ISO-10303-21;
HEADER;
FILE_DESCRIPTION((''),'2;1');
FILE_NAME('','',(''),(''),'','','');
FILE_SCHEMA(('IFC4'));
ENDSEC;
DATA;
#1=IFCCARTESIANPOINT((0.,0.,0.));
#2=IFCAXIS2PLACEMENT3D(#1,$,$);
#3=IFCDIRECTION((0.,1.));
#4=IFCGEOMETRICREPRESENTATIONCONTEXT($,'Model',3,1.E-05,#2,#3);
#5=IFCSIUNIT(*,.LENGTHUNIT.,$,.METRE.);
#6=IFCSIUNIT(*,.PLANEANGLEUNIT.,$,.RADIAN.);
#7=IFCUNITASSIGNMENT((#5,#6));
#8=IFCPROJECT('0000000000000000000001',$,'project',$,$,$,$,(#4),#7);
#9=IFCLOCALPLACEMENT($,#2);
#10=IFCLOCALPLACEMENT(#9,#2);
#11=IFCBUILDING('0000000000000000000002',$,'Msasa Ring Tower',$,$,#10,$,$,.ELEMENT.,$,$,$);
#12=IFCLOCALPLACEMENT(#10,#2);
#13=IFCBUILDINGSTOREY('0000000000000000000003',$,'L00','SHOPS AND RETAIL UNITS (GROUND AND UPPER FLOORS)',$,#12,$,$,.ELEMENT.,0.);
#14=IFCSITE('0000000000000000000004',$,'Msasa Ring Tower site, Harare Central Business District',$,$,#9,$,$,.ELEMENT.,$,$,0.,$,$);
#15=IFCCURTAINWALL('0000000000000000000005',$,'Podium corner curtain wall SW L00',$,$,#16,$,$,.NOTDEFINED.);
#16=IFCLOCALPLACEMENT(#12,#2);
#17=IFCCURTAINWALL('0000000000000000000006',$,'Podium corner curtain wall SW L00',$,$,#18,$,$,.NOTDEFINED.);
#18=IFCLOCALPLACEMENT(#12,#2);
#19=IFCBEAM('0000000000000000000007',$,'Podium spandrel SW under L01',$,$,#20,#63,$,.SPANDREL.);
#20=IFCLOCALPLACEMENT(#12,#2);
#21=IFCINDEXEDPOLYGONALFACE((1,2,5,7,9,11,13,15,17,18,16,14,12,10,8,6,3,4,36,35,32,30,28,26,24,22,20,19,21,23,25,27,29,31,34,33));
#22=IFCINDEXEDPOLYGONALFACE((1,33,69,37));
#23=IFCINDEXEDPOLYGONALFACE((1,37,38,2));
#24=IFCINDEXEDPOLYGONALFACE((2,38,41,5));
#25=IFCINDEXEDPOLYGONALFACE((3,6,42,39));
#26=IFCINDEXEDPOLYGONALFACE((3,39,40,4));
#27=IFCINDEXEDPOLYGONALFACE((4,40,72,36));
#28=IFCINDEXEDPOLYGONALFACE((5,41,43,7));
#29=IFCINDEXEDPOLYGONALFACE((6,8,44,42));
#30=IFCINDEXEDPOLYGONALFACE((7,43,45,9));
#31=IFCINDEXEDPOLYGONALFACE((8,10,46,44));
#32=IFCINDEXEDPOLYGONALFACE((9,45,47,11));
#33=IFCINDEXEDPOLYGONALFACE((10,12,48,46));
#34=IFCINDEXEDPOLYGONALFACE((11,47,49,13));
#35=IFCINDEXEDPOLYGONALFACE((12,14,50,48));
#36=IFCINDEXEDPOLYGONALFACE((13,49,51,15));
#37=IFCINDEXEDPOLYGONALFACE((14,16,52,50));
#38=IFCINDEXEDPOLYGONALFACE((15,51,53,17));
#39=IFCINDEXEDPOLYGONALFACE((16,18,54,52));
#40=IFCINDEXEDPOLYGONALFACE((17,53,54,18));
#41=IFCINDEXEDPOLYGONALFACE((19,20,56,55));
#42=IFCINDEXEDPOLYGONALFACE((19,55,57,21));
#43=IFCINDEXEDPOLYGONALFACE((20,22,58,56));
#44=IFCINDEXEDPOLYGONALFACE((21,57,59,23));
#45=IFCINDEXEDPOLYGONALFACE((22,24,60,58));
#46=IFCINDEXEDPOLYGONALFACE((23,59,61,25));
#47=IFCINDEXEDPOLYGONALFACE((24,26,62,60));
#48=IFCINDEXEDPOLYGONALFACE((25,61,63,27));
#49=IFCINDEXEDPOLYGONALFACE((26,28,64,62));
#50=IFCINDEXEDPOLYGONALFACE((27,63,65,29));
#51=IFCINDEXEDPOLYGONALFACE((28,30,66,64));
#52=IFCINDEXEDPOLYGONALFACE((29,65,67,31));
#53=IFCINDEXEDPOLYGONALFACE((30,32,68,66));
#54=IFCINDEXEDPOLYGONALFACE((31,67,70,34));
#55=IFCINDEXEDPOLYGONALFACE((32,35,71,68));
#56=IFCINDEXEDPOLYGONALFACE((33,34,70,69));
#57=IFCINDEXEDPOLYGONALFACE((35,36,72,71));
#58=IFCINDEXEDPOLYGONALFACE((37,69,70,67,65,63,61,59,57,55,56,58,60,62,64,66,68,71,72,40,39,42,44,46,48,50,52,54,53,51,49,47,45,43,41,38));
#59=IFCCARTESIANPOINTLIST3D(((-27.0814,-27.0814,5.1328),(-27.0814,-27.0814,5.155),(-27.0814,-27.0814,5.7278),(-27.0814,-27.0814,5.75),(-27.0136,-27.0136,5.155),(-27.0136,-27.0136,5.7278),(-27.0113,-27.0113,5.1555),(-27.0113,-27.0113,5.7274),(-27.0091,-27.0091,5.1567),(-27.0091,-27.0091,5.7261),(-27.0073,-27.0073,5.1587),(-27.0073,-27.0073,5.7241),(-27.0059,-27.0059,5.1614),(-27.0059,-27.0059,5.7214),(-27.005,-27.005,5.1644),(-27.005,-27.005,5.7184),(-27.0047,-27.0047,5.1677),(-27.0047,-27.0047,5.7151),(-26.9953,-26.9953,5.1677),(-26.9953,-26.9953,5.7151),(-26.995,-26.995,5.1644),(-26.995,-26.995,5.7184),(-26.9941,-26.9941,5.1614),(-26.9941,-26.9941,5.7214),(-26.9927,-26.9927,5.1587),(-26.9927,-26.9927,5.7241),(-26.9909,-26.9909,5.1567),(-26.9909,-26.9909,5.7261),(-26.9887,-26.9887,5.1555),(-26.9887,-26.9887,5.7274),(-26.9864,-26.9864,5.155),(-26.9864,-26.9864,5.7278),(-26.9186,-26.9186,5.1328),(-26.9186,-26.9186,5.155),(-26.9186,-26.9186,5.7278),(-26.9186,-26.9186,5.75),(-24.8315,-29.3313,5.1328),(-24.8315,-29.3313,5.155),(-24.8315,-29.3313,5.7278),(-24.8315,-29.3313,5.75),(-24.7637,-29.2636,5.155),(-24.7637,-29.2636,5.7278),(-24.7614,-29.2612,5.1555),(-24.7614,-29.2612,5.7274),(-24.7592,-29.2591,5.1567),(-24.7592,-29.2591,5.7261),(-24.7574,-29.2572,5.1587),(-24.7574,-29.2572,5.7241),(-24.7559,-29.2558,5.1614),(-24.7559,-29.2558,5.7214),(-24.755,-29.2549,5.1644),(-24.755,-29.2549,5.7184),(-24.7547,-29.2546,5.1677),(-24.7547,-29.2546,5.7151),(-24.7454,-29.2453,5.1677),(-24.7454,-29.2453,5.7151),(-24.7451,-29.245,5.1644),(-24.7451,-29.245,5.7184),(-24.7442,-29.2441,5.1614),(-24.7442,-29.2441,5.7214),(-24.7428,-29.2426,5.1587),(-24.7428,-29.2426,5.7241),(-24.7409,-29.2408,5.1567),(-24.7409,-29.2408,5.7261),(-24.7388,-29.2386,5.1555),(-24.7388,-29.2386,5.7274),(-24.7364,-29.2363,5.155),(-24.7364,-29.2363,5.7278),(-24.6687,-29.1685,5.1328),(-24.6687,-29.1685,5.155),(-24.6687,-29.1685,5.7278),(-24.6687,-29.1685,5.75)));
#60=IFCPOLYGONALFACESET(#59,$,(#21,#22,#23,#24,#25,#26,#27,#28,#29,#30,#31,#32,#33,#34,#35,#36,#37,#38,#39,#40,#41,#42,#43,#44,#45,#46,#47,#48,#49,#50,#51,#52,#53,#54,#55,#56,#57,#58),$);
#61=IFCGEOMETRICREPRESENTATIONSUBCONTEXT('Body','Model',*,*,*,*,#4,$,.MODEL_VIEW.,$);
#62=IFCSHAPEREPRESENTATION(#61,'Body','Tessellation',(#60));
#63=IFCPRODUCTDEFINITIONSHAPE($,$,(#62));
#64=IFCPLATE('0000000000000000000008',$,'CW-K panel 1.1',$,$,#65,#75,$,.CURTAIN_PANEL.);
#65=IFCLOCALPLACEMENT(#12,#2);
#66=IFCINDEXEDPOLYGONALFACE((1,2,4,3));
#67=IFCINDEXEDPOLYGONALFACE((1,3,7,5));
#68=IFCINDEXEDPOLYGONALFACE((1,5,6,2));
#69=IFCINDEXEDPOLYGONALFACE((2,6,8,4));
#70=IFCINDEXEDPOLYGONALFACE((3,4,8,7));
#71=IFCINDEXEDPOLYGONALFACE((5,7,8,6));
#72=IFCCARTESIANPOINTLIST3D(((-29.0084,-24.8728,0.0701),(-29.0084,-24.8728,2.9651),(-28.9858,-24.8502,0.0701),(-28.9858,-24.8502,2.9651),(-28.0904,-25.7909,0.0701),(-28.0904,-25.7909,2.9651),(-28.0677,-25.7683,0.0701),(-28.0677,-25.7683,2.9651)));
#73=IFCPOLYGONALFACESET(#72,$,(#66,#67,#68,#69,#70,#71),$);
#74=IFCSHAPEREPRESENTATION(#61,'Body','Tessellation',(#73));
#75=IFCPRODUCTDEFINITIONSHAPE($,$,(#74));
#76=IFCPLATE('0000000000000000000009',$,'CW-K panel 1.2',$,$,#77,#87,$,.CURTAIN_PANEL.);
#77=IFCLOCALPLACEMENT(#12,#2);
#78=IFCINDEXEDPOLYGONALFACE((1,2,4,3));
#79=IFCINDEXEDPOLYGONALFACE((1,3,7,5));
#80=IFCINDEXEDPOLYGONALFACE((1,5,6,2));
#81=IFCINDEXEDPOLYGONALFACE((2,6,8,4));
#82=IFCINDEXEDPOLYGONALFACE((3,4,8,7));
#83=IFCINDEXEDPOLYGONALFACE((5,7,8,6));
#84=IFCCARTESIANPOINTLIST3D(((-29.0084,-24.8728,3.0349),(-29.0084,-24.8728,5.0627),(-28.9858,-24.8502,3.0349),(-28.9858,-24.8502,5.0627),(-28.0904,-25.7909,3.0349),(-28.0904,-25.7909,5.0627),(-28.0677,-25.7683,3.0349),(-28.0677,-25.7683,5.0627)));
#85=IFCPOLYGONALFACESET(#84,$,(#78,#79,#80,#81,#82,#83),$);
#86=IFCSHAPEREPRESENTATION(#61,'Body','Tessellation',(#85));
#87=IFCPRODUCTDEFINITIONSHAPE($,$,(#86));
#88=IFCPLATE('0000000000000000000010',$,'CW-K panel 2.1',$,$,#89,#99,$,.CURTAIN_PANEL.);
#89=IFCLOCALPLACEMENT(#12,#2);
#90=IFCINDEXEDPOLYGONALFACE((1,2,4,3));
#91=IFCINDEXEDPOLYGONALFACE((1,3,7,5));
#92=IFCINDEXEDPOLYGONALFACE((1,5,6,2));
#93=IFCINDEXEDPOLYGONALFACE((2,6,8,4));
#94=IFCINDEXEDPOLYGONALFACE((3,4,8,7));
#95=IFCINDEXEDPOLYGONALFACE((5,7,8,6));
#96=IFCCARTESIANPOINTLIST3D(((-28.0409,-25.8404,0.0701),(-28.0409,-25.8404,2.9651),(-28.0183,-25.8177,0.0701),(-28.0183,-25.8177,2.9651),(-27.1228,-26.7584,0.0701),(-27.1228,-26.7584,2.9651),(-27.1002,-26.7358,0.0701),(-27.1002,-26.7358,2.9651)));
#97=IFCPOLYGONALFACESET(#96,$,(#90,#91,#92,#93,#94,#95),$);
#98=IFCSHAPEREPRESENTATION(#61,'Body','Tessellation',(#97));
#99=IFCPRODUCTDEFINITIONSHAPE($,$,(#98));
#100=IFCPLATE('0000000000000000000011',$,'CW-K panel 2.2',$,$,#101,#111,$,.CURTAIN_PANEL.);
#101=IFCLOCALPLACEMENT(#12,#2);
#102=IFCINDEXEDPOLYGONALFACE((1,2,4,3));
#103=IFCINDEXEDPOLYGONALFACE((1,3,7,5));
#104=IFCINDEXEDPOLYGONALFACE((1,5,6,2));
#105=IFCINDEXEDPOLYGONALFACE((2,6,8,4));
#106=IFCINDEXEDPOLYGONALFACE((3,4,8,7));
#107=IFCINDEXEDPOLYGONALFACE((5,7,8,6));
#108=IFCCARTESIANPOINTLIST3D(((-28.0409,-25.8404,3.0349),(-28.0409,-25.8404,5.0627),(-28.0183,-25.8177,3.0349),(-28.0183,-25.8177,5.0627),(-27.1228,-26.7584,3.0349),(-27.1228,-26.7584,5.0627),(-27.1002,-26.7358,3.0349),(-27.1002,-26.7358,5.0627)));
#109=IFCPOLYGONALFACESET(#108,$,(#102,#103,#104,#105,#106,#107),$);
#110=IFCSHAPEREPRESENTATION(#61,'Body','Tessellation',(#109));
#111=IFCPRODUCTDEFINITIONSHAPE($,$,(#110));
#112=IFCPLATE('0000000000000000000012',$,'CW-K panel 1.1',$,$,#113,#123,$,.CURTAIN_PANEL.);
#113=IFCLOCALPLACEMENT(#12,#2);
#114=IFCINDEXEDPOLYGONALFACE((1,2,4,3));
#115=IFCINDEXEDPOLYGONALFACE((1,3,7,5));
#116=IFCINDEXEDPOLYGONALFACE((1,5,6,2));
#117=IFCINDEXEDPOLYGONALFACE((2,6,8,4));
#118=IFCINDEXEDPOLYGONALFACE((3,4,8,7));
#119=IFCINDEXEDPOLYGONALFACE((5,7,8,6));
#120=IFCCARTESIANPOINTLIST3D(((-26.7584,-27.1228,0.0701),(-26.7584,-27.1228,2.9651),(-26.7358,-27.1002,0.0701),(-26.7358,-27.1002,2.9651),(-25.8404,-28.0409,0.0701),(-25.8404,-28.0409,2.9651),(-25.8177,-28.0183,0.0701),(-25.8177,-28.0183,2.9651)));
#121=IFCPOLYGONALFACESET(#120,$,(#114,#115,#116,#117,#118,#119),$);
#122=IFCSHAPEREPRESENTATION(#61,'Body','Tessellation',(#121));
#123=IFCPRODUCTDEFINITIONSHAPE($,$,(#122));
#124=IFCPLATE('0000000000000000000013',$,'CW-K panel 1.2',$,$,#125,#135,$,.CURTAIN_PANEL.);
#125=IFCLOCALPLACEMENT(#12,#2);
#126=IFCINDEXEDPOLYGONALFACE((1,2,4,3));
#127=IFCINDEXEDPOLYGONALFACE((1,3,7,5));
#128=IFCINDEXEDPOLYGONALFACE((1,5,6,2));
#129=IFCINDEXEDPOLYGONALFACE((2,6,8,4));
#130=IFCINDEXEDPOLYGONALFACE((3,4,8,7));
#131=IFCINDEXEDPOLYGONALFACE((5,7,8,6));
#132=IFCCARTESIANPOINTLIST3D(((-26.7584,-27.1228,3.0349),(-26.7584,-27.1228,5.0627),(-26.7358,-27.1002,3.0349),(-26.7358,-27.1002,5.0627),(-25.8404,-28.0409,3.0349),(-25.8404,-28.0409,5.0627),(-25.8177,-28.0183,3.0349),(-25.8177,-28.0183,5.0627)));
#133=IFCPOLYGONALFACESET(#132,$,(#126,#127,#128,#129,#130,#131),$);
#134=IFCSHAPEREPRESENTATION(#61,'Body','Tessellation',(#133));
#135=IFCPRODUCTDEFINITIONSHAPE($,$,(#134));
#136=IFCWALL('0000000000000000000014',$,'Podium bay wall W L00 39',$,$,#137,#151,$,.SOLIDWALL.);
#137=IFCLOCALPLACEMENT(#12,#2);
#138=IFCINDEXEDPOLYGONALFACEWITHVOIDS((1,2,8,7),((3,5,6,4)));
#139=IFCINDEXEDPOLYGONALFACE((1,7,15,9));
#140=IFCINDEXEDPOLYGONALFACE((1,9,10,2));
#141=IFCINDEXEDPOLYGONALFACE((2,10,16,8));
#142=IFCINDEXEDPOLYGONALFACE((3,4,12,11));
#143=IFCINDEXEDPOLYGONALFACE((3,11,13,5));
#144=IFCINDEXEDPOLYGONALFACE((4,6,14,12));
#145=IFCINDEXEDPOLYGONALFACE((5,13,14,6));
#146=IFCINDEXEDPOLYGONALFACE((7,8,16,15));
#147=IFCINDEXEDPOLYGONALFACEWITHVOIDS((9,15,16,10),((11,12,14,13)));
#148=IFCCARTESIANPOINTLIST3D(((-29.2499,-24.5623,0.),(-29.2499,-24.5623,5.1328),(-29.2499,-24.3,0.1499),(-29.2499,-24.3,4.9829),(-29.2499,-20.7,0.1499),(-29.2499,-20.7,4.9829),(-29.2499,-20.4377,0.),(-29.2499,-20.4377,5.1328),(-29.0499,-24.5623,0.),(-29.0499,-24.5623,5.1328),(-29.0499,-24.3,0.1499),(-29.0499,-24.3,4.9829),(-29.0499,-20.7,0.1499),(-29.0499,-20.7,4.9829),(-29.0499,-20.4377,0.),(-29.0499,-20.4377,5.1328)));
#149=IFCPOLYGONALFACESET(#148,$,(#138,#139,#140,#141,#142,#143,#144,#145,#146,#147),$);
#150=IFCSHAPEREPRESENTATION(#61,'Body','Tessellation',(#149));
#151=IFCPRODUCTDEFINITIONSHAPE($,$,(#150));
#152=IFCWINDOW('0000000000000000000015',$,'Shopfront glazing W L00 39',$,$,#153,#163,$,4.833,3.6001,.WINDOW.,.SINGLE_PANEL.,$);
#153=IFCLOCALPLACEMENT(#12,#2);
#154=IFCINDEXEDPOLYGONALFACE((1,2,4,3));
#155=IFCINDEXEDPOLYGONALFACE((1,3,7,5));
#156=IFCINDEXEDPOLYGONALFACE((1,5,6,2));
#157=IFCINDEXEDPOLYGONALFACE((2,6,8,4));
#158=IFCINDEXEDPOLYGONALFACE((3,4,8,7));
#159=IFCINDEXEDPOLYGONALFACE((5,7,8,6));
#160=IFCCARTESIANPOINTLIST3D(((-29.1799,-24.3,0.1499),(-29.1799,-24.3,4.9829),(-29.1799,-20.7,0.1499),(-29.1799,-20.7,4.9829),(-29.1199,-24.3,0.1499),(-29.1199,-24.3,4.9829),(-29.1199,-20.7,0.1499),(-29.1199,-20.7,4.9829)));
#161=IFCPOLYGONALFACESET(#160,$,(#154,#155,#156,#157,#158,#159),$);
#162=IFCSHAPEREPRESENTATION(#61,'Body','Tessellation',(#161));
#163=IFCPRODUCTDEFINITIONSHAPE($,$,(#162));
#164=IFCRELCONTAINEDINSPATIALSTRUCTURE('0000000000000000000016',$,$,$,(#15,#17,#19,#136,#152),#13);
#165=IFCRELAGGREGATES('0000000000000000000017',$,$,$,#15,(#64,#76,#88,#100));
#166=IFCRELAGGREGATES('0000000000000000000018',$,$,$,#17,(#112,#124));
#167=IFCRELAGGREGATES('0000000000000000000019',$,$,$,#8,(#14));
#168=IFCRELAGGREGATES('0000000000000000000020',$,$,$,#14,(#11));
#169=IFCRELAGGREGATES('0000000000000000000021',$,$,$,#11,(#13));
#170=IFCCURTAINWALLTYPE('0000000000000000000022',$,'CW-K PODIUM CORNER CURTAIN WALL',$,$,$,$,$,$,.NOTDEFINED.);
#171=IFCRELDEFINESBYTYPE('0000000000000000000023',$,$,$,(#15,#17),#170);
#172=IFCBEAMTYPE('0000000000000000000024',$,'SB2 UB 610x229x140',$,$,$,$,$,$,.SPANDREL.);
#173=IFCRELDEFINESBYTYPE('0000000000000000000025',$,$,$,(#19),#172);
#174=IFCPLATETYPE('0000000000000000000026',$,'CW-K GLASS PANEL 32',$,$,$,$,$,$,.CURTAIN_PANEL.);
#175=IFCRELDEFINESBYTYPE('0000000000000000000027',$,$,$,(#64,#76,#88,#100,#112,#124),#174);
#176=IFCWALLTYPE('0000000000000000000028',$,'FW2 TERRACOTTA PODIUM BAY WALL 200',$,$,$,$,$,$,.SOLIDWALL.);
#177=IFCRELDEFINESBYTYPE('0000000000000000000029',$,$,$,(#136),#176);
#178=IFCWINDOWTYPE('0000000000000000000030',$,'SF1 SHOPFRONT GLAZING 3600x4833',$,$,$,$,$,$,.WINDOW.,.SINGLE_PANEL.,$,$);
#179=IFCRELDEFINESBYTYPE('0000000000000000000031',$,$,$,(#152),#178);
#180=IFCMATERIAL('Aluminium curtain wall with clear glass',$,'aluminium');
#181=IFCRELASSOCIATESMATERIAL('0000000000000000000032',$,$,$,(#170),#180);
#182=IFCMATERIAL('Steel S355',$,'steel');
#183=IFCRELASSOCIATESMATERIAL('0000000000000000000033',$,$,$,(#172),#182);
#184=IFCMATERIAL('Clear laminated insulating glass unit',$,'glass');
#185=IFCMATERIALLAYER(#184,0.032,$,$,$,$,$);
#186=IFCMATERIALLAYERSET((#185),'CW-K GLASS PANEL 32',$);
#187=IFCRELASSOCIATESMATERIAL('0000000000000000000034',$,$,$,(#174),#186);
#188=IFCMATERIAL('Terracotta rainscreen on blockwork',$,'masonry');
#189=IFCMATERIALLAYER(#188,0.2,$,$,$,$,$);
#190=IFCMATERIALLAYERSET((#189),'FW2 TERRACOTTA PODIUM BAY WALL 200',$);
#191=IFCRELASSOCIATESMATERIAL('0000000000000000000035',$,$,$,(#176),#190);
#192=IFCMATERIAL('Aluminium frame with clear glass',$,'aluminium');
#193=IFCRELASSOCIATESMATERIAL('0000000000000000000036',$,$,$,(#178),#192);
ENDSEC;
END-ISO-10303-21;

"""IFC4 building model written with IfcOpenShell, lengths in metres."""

from ifc_helpers import new_model, si_unit, direction, frame, frame_2d, origin, origin_2d, place, context, subcontext, project, spatial, rectangle, i_section, extrude, material, layer, layer_set, material_profile, profile_set, type_object, element, fill, aggregate, save


model = new_model("IFC4")

# Units and contexts
model_context = context("Model", 3, precision=1e-05, world=origin(), true_north=direction((0.0, 1.0)))
body_context = subcontext(model_context, "Body", "Model", "MODEL_VIEW")
ifc_project = project(units=[si_unit("LENGTHUNIT", "METRE"), si_unit("PLANEANGLEUNIT", "RADIAN")], contexts=[model_context])

# Site, building, storey
site_placement = place(None, origin())
site = spatial("IfcSite", under=ifc_project, at=site_placement, Name="Msasa Ring Tower site, Harare Central Business District", CompositionType="ELEMENT", RefElevation=0.0)
building_placement = place(site_placement, origin())
building = spatial("IfcBuilding", under=site, at=building_placement, Name="Msasa Ring Tower", CompositionType="ELEMENT")
storey_placement = place(building_placement, origin())
storey = spatial("IfcBuildingStorey", under=building, at=storey_placement, Name="L00", Description="SHOPS AND RETAIL UNITS (GROUND AND UPPER FLOORS)", CompositionType="ELEMENT", Elevation=0.0)

# Curtain walls
ifc_material_1 = material(Name="Aluminium curtain wall with clear glass", Category="aluminium")
curtain_wall_type = type_object("IfcCurtainWallType", Name="CW-K PODIUM CORNER CURTAIN WALL", PredefinedType="NOTDEFINED", material=ifc_material_1)
curtain_wall_1_placement = place(storey_placement, origin())
curtain_wall_1 = element("IfcCurtainWall", 1, at=curtain_wall_1_placement, inside=storey, type_object=curtain_wall_type, Name="Podium corner curtain wall SW L00", PredefinedType="NOTDEFINED")
curtain_wall_2_placement = place(storey_placement, origin())
curtain_wall_2 = element("IfcCurtainWall", 2, at=curtain_wall_2_placement, inside=storey, type_object=curtain_wall_type, Name="Podium corner curtain wall SW L00", PredefinedType="NOTDEFINED")

# Beam
ifc_material_2 = material(Name="Steel S355", Category="steel")
ifc_material_profile_1 = material_profile(ifc_material_2, i_section(OverallWidth=0.2302, OverallDepth=0.6172, WebThickness=0.0132, FlangeThickness=0.0222, FilletRadius=0.0127, at=origin_2d()), Name="UB 610x229x140")
ifc_profile_set_1 = profile_set([ifc_material_profile_1], Name="Steel S355")
beam_type_1 = type_object("IfcBeamType", Name="SB2 UB 610x229x140", PredefinedType="SPANDREL", material=ifc_profile_set_1)
for number, where, z_axis, x_axis, name in (
    (3, (-27.0, -27.0, 5.4414), (0.707107, -0.707107, 0.0), (0.707107, 0.707107, 0.0), "Podium spandrel SW under L01"),
):
    element("IfcBeam", number, at=place(storey_placement, frame(where, z_axis=z_axis, x_axis=x_axis)), inside=storey, type_object=beam_type_1, Name=name, PredefinedType="SPANDREL", context=body_context, shape_type="SweptSolid", body=[
        extrude(i_section(OverallWidth=0.2302, OverallDepth=0.6172, WebThickness=0.0132, FlangeThickness=0.0222, FilletRadius=0.0127, at=origin_2d()), origin(), (0.0, 0.0, 1.0), 3.1819),
    ])

# Plates
ifc_material_3 = material(Name="Clear laminated insulating glass unit", Category="glass")
ifc_layer_1 = layer(ifc_material_3, 0.032)
ifc_layer_set_1 = layer_set([ifc_layer_1], Name="CW-K GLASS PANEL 32")
plate_type = type_object("IfcPlateType", Name="CW-K GLASS PANEL 32", PredefinedType="CURTAIN_PANEL", material=ifc_layer_set_1)
plate_1_placement = place(storey_placement, frame((-28.5381, -25.3206, 0.0701), z_axis=(0.0, 0.0, 1.0), x_axis=(0.707107, -0.707107, 0.0)))
plate_1 = element("IfcPlate", 4, at=plate_1_placement, type_object=plate_type, Name="CW-K panel 1.1", PredefinedType="CURTAIN_PANEL", context=body_context, shape_type="SweptSolid", body=[
    extrude(rectangle(XDim=1.2983, YDim=0.032, at=origin_2d()), origin(), (0.0, 0.0, 1.0), 2.895),
])
plate_2_placement = place(storey_placement, frame((-28.5381, -25.3206, 3.0349), z_axis=(0.0, 0.0, 1.0), x_axis=(0.707107, -0.707107, 0.0)))
plate_2 = element("IfcPlate", 5, at=plate_2_placement, type_object=plate_type, Name="CW-K panel 1.2", PredefinedType="CURTAIN_PANEL", context=body_context, shape_type="SweptSolid", body=[
    extrude(rectangle(XDim=1.2983, YDim=0.032, at=origin_2d()), origin(), (0.0, 0.0, 1.0), 2.0278),
])
plate_3_placement = place(storey_placement, frame((-27.5706, -26.2881, 0.0701), z_axis=(0.0, 0.0, 1.0), x_axis=(0.707107, -0.707107, 0.0)))
plate_3 = element("IfcPlate", 6, at=plate_3_placement, type_object=plate_type, Name="CW-K panel 2.1", PredefinedType="CURTAIN_PANEL", context=body_context, shape_type="SweptSolid", body=[
    extrude(rectangle(XDim=1.2983, YDim=0.032, at=origin_2d()), origin(), (0.0, 0.0, 1.0), 2.895),
])
plate_4_placement = place(storey_placement, frame((-27.5706, -26.2881, 3.0349), z_axis=(0.0, 0.0, 1.0), x_axis=(0.707107, -0.707107, 0.0)))
plate_4 = element("IfcPlate", 7, at=plate_4_placement, type_object=plate_type, Name="CW-K panel 2.2", PredefinedType="CURTAIN_PANEL", context=body_context, shape_type="SweptSolid", body=[
    extrude(rectangle(XDim=1.2983, YDim=0.032, at=origin_2d()), origin(), (0.0, 0.0, 1.0), 2.0278),
])
aggregate(curtain_wall_1, [plate_1, plate_2, plate_3, plate_4])
plate_5_placement = place(storey_placement, frame((-26.2881, -27.5706, 0.0701), z_axis=(0.0, 0.0, 1.0), x_axis=(0.707107, -0.707107, 0.0)))
plate_5 = element("IfcPlate", 8, at=plate_5_placement, type_object=plate_type, Name="CW-K panel 1.1", PredefinedType="CURTAIN_PANEL", context=body_context, shape_type="SweptSolid", body=[
    extrude(rectangle(XDim=1.2983, YDim=0.032, at=origin_2d()), origin(), (0.0, 0.0, 1.0), 2.895),
])
plate_6_placement = place(storey_placement, frame((-26.2881, -27.5706, 3.0349), z_axis=(0.0, 0.0, 1.0), x_axis=(0.707107, -0.707107, 0.0)))
plate_6 = element("IfcPlate", 9, at=plate_6_placement, type_object=plate_type, Name="CW-K panel 1.2", PredefinedType="CURTAIN_PANEL", context=body_context, shape_type="SweptSolid", body=[
    extrude(rectangle(XDim=1.2983, YDim=0.032, at=origin_2d()), origin(), (0.0, 0.0, 1.0), 2.0278),
])
aggregate(curtain_wall_2, [plate_5, plate_6])

# Wall, opening, window
ifc_material_4 = material(Name="Terracotta rainscreen on blockwork", Category="masonry")
ifc_layer_2 = layer(ifc_material_4, 0.2)
ifc_layer_set_2 = layer_set([ifc_layer_2], Name="FW2 TERRACOTTA PODIUM BAY WALL 200")
wall_type = type_object("IfcWallType", Name="FW2 TERRACOTTA PODIUM BAY WALL 200", PredefinedType="SOLIDWALL", material=ifc_layer_set_2)
wall_placement = place(storey_placement, frame((-29.1499, -24.5623, 0.0), z_axis=(0.0, 0.0, 1.0), x_axis=(0.0, 1.0, 0.0)))
wall = element("IfcWall", 10, at=wall_placement, inside=storey, type_object=wall_type, Name="Podium bay wall W L00 39", PredefinedType="SOLIDWALL", context=body_context, shape_type="SweptSolid", body=[
    extrude(rectangle(XDim=4.1245, YDim=0.2, at=frame_2d((2.0623, 0.0))), origin(), (0.0, 0.0, 1.0), 5.1328),
])
opening_placement = place(wall_placement, frame((0.2622, 0.0, 0.1499)))
opening = element("IfcOpeningElement", 11, at=opening_placement, cuts=wall, PredefinedType="OPENING", context=body_context, shape_type="SweptSolid", body=[
    extrude(rectangle(XDim=3.6001, YDim=4.833, at=frame_2d((1.8, 2.4165))), frame((0.0, 0.1099, 0.0), z_axis=(0.0, -1.0, 0.0), x_axis=(1.0, 0.0, 0.0)), (0.0, 0.0, 1.0), 0.22),
])
ifc_material_5 = material(Name="Aluminium frame with clear glass", Category="aluminium")
window_type = type_object("IfcWindowType", Name="SF1 SHOPFRONT GLAZING 3600x4833", PartitioningType="SINGLE_PANEL", PredefinedType="WINDOW", material=ifc_material_5)
window_placement = place(opening_placement, origin())
window = element("IfcWindow", 12, at=window_placement, inside=storey, type_object=window_type, Name="Shopfront glazing W L00 39", OverallHeight=4.833, OverallWidth=3.6001, PartitioningType="SINGLE_PANEL", PredefinedType="WINDOW", context=body_context, shape_type="SweptSolid", body=[
    extrude(rectangle(XDim=3.6001, YDim=4.833, at=frame_2d((1.8, 2.4165))), frame((0.0, 0.03, 0.0), z_axis=(0.0, -1.0, 0.0), x_axis=(1.0, 0.0, 0.0)), (0.0, 0.0, 1.0), 0.0601),
])
fill(opening, window)

save(model, "model.ifc")
